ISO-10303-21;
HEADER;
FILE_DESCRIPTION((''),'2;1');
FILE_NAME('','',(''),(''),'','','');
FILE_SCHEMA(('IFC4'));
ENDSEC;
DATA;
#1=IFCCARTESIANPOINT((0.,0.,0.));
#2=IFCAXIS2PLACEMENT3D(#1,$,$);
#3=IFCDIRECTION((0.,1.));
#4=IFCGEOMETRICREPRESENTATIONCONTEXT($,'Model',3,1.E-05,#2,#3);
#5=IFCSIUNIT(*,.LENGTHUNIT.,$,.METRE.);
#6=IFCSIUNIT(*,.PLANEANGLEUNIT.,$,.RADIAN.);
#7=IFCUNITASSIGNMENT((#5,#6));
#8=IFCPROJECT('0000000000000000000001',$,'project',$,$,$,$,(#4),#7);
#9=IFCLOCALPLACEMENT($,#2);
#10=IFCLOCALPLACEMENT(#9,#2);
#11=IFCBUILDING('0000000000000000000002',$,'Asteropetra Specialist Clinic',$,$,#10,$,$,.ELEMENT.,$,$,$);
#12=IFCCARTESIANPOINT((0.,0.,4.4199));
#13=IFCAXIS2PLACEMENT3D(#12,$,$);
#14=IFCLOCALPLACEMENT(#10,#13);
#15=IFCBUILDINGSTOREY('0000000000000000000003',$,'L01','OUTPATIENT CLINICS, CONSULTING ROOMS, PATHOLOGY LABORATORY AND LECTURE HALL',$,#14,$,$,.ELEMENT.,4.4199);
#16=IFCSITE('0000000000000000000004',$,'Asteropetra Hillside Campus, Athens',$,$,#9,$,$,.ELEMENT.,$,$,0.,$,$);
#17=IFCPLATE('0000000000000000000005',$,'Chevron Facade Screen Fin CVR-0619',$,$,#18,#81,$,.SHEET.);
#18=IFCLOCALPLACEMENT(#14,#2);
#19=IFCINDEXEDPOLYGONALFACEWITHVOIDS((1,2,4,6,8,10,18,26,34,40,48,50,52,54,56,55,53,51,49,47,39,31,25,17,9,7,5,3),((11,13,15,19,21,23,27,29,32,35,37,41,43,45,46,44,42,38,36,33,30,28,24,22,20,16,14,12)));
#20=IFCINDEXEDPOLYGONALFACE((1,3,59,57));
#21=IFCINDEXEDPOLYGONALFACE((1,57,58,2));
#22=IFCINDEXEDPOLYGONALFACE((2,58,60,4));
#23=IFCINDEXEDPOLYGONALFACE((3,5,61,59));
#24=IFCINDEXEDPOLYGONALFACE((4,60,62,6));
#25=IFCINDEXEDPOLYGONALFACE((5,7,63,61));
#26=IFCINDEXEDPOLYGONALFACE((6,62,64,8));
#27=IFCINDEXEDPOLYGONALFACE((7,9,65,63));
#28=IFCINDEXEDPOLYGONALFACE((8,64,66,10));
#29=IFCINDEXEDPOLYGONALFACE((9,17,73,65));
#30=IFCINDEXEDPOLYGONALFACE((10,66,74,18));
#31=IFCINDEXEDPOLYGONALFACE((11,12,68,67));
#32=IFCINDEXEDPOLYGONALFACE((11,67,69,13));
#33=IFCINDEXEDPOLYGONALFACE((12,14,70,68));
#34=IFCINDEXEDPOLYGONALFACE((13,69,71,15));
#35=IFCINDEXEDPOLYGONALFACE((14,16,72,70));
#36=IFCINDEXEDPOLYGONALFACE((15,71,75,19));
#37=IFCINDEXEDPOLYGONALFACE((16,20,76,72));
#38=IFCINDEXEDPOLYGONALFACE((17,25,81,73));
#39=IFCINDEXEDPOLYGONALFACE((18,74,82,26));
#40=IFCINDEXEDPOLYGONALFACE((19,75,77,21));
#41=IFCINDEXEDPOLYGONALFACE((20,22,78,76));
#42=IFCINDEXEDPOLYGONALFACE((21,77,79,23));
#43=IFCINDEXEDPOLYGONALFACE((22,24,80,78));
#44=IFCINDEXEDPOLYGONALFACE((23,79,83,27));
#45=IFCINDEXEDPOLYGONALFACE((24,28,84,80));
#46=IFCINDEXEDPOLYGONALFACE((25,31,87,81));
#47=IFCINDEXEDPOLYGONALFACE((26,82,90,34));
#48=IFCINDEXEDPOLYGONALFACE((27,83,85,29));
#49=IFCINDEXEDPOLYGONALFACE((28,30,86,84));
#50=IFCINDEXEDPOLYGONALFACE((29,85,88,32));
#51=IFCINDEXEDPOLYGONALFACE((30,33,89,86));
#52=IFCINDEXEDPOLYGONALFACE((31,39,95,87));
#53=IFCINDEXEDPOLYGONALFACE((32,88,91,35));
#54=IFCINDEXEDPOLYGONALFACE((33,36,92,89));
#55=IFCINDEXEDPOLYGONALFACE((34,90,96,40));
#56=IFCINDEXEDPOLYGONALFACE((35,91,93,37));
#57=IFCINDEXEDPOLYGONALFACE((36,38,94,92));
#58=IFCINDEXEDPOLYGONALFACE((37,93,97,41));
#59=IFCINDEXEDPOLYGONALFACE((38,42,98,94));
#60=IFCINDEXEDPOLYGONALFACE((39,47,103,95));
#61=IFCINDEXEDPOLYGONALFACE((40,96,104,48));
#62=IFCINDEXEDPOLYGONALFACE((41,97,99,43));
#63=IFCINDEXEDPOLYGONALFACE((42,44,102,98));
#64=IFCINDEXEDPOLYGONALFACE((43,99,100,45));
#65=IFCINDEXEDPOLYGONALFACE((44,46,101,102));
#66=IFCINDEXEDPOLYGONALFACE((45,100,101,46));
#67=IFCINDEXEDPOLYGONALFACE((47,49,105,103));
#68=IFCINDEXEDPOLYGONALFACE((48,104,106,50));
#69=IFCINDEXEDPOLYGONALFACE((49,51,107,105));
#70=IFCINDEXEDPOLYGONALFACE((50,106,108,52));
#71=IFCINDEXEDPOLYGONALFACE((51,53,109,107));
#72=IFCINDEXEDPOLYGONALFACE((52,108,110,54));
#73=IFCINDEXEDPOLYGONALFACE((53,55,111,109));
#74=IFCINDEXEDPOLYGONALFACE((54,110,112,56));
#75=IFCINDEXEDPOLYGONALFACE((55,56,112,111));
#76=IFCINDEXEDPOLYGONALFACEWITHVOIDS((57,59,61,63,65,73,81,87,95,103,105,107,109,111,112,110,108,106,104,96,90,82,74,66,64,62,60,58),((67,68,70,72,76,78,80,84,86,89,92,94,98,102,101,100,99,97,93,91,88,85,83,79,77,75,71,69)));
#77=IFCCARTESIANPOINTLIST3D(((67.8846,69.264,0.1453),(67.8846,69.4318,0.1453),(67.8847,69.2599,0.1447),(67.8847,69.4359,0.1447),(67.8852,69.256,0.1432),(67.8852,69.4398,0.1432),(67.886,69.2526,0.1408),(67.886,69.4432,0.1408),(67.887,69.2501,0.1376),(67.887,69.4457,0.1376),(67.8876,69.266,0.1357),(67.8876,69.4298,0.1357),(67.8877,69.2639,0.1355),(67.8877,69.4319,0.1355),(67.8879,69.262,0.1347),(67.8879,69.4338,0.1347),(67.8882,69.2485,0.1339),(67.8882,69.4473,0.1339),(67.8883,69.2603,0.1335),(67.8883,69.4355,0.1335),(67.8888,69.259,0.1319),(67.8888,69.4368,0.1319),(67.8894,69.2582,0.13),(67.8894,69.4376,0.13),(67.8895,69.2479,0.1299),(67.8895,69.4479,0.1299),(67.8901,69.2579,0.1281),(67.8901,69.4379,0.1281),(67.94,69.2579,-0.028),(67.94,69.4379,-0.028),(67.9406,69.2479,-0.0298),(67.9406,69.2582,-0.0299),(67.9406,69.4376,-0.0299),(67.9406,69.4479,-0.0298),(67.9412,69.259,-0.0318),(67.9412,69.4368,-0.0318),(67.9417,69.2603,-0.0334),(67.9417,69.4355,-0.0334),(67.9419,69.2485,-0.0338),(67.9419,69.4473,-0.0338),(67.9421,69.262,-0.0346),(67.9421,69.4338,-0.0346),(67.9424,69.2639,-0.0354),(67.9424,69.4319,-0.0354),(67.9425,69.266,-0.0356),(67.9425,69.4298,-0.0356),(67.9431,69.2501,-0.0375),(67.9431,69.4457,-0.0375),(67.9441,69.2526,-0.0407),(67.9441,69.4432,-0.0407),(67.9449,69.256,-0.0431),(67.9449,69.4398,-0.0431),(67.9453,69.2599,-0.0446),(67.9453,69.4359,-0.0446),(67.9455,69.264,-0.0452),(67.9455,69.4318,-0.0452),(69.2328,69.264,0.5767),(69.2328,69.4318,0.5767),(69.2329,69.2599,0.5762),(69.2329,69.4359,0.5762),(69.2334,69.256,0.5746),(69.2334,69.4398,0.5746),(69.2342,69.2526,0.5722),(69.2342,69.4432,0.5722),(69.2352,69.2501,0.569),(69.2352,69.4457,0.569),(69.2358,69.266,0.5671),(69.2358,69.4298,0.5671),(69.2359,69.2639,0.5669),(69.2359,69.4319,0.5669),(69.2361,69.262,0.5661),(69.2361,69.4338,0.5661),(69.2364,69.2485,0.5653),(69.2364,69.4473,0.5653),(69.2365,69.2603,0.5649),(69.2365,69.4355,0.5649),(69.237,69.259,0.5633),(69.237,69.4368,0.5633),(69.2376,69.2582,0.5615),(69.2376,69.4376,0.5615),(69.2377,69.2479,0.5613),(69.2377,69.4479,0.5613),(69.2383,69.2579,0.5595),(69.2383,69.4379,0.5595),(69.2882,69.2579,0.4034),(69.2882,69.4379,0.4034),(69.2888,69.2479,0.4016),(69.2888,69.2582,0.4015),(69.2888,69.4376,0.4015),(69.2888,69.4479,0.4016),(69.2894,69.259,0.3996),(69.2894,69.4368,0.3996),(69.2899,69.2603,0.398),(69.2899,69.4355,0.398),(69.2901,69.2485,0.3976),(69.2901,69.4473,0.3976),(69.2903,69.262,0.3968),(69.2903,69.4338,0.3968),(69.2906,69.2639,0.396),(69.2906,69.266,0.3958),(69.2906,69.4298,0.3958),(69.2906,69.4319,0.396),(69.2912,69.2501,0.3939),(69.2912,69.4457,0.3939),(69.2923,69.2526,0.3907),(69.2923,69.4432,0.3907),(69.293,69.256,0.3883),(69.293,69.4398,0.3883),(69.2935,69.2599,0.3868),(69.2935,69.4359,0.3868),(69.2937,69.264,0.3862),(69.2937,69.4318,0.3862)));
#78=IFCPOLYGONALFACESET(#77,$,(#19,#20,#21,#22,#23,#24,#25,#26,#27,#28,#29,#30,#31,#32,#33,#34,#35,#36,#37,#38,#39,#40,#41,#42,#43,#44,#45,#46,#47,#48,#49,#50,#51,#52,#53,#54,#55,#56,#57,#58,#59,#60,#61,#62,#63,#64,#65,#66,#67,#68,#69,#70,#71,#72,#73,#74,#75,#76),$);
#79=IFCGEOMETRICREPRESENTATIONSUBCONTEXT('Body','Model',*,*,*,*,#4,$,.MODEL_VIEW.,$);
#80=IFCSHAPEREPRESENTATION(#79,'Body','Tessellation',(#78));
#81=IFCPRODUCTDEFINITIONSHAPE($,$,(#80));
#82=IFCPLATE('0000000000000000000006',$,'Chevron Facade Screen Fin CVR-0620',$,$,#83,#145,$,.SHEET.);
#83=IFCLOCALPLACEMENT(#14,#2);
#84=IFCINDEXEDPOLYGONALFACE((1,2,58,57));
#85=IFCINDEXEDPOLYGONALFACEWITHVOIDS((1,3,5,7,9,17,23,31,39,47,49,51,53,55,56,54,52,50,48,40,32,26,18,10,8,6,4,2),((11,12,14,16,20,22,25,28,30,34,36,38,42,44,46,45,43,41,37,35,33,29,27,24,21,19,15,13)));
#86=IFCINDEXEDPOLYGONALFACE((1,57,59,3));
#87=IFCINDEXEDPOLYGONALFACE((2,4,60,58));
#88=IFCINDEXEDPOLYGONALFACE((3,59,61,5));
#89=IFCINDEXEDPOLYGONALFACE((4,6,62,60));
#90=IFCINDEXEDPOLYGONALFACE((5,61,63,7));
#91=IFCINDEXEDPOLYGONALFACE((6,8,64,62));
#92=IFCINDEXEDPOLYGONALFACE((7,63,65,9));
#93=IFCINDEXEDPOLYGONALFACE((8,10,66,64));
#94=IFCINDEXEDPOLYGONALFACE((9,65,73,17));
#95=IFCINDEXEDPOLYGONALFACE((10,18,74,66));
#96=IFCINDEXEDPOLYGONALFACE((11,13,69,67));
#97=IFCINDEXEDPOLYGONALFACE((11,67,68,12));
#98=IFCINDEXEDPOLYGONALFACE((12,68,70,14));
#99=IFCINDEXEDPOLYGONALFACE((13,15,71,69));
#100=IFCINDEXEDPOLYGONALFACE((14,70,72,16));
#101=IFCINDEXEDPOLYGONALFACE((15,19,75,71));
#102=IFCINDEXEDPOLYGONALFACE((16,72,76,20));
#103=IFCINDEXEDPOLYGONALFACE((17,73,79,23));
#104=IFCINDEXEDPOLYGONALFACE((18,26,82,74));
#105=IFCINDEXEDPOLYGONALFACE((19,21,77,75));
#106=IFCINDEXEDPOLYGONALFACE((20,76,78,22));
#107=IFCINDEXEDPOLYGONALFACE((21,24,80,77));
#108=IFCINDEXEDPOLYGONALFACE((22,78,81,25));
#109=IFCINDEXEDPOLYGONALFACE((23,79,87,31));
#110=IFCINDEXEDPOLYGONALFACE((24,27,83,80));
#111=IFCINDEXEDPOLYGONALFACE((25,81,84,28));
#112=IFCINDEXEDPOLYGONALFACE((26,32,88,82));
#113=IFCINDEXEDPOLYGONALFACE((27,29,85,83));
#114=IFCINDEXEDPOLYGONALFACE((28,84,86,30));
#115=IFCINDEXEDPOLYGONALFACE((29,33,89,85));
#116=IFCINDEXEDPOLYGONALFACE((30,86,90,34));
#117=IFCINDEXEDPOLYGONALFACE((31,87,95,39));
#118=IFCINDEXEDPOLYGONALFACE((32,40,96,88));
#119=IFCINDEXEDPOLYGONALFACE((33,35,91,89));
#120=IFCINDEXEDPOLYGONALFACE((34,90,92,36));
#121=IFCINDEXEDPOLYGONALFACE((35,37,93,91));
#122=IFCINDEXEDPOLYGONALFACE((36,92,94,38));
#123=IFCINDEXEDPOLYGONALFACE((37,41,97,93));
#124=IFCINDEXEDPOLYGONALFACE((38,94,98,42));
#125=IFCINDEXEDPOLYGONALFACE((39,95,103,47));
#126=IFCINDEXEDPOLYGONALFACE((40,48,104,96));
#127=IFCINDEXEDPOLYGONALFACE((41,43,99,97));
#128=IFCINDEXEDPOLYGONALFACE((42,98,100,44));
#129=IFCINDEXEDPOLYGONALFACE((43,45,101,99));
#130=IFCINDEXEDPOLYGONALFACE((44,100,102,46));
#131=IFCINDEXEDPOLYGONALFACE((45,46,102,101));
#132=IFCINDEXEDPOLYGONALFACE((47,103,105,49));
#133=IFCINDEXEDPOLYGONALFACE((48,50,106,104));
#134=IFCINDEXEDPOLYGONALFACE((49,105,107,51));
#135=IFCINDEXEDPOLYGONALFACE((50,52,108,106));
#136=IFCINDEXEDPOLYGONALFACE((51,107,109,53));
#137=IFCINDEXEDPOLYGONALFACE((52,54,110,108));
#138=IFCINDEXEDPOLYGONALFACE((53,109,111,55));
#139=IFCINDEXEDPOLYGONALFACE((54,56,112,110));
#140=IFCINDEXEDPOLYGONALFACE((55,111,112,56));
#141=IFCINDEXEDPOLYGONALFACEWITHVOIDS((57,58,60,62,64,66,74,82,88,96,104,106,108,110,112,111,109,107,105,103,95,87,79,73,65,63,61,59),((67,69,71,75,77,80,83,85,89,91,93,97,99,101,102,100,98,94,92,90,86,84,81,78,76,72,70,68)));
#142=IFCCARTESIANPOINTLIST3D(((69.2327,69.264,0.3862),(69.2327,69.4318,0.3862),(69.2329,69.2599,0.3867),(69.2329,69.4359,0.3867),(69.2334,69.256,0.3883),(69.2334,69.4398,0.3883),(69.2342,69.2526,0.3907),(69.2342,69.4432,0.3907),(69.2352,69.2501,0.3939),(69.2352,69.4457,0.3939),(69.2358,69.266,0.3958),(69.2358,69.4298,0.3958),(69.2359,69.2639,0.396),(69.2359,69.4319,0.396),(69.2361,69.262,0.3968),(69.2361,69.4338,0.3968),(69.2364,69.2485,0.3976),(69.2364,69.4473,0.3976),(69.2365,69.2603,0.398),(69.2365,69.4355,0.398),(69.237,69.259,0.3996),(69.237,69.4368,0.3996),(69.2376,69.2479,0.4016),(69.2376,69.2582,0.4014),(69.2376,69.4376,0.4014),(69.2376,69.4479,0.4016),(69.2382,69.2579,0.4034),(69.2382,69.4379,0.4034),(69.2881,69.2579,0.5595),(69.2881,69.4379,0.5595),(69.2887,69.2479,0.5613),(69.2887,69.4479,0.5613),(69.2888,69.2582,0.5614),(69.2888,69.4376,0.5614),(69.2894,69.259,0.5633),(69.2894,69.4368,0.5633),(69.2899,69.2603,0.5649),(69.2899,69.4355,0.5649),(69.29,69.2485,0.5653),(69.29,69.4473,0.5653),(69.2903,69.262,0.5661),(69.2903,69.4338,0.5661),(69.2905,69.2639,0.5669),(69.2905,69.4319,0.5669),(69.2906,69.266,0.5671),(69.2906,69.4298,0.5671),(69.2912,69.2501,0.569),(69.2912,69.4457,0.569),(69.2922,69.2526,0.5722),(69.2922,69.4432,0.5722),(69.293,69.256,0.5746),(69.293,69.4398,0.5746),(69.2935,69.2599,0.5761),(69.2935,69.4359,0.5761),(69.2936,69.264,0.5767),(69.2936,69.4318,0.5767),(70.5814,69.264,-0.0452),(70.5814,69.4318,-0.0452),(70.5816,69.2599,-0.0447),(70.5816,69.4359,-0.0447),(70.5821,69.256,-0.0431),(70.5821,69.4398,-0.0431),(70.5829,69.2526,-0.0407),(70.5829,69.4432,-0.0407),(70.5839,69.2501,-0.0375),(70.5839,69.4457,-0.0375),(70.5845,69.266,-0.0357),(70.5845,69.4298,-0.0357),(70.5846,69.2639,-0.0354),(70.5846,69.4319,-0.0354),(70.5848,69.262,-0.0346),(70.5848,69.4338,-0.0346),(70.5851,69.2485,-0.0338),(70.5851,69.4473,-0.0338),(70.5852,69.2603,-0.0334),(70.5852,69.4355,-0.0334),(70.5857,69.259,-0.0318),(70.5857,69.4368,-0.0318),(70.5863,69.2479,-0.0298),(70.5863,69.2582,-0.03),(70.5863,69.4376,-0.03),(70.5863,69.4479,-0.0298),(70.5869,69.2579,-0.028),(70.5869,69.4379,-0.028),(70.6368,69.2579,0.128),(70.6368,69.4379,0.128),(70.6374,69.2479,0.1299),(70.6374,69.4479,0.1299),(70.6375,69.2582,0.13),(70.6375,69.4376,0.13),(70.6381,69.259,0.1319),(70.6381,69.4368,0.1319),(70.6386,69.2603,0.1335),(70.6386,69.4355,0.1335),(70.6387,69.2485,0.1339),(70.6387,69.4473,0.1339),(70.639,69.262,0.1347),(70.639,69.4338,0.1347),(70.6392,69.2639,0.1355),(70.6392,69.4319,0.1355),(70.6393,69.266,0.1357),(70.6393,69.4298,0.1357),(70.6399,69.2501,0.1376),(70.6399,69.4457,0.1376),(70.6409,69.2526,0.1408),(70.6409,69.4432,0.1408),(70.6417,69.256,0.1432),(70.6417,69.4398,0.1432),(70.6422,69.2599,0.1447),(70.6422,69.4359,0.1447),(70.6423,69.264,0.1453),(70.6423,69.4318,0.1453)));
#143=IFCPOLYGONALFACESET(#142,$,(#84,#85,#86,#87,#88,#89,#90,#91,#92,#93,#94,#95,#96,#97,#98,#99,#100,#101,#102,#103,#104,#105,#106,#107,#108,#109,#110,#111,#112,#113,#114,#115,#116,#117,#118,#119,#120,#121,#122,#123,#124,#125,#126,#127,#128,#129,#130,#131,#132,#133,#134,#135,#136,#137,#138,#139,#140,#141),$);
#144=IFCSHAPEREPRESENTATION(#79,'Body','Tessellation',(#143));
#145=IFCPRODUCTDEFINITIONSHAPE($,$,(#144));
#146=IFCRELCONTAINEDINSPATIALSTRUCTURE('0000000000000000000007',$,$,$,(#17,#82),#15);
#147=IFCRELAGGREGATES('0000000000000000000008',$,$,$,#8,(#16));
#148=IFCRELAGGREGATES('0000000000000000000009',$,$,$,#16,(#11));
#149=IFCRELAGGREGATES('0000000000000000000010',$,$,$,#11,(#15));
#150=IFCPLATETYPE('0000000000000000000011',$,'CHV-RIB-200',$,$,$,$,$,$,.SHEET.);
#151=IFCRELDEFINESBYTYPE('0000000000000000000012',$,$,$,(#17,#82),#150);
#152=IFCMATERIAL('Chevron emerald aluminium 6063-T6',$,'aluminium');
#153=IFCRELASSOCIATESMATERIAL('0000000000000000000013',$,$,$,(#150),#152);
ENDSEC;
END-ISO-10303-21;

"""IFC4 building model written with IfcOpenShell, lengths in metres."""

from ifc_helpers import new_model, si_unit, direction, frame, origin, origin_2d, place, context, subcontext, project, spatial, hollow_rectangle, extrude, material, material_profile, profile_set, type_object, element, save


model = new_model("IFC4")

# Units and contexts
model_context = context("Model", 3, precision=1e-05, world=origin(), true_north=direction((0.0, 1.0)))
body_context = subcontext(model_context, "Body", "Model", "MODEL_VIEW")
ifc_project = project(units=[si_unit("LENGTHUNIT", "METRE"), si_unit("PLANEANGLEUNIT", "RADIAN")], contexts=[model_context])

# Site, building, storey
site_placement = place(None, origin())
site = spatial("IfcSite", under=ifc_project, at=site_placement, Name="Asteropetra Hillside Campus, Athens", CompositionType="ELEMENT", RefElevation=0.0)
building_placement = place(site_placement, origin())
building = spatial("IfcBuilding", under=site, at=building_placement, Name="Asteropetra Specialist Clinic", CompositionType="ELEMENT")
storey_placement = place(building_placement, frame((0.0, 0.0, 4.4199)))
storey = spatial("IfcBuildingStorey", under=building, at=storey_placement, Name="L01", Description="OUTPATIENT CLINICS, CONSULTING ROOMS, PATHOLOGY LABORATORY AND LECTURE HALL", CompositionType="ELEMENT", Elevation=4.4199)

# Plates
ifc_material_1 = material(Name="Chevron emerald aluminium 6063-T6", Category="aluminium")
ifc_material_profile_1 = material_profile(ifc_material_1, hollow_rectangle(XDim=0.2, YDim=0.2, WallThickness=0.01, InnerFilletRadius=0.0081, OuterFilletRadius=0.0161, at=origin_2d()), Name="SHS 200x200x10.0")
ifc_profile_set_1 = profile_set([ifc_material_profile_1], Name="Chevron emerald aluminium 6063-T6")
plate_type_1 = type_object("IfcPlateType", Name="CHV-RIB-200", PredefinedType="SHEET", material=ifc_profile_set_1)
plate_1_placement = place(storey_placement, frame((67.915, 69.3479, 0.05), z_axis=(0.952426, 0.0, 0.304769), x_axis=(0.0, 1.0, 0.0)))
element("IfcPlate", 1, at=plate_1_placement, inside=storey, type_object=plate_type_1, Name="Chevron Facade Screen Fin CVR-0619", PredefinedType="SHEET", context=body_context, shape_type="SweptSolid", body=[
    extrude(hollow_rectangle(XDim=0.2, YDim=0.2, WallThickness=0.01, InnerFilletRadius=0.0081, OuterFilletRadius=0.0161, at=origin_2d()), origin(), (0.0, 0.0, 1.0), 1.4155),
])
plate_2_placement = place(storey_placement, frame((69.2632, 69.3479, 0.4814), z_axis=(0.952458, 0.0, -0.304669), x_axis=(0.0, 1.0, 0.0)))
element("IfcPlate", 2, at=plate_2_placement, inside=storey, type_object=plate_type_1, Name="Chevron Facade Screen Fin CVR-0620", PredefinedType="SHEET", context=body_context, shape_type="SweptSolid", body=[
    extrude(hollow_rectangle(XDim=0.2, YDim=0.2, WallThickness=0.01, InnerFilletRadius=0.0081, OuterFilletRadius=0.0161, at=origin_2d()), origin(), (0.0, 0.0, 1.0), 1.416),
])

save(model, "model.ifc")
